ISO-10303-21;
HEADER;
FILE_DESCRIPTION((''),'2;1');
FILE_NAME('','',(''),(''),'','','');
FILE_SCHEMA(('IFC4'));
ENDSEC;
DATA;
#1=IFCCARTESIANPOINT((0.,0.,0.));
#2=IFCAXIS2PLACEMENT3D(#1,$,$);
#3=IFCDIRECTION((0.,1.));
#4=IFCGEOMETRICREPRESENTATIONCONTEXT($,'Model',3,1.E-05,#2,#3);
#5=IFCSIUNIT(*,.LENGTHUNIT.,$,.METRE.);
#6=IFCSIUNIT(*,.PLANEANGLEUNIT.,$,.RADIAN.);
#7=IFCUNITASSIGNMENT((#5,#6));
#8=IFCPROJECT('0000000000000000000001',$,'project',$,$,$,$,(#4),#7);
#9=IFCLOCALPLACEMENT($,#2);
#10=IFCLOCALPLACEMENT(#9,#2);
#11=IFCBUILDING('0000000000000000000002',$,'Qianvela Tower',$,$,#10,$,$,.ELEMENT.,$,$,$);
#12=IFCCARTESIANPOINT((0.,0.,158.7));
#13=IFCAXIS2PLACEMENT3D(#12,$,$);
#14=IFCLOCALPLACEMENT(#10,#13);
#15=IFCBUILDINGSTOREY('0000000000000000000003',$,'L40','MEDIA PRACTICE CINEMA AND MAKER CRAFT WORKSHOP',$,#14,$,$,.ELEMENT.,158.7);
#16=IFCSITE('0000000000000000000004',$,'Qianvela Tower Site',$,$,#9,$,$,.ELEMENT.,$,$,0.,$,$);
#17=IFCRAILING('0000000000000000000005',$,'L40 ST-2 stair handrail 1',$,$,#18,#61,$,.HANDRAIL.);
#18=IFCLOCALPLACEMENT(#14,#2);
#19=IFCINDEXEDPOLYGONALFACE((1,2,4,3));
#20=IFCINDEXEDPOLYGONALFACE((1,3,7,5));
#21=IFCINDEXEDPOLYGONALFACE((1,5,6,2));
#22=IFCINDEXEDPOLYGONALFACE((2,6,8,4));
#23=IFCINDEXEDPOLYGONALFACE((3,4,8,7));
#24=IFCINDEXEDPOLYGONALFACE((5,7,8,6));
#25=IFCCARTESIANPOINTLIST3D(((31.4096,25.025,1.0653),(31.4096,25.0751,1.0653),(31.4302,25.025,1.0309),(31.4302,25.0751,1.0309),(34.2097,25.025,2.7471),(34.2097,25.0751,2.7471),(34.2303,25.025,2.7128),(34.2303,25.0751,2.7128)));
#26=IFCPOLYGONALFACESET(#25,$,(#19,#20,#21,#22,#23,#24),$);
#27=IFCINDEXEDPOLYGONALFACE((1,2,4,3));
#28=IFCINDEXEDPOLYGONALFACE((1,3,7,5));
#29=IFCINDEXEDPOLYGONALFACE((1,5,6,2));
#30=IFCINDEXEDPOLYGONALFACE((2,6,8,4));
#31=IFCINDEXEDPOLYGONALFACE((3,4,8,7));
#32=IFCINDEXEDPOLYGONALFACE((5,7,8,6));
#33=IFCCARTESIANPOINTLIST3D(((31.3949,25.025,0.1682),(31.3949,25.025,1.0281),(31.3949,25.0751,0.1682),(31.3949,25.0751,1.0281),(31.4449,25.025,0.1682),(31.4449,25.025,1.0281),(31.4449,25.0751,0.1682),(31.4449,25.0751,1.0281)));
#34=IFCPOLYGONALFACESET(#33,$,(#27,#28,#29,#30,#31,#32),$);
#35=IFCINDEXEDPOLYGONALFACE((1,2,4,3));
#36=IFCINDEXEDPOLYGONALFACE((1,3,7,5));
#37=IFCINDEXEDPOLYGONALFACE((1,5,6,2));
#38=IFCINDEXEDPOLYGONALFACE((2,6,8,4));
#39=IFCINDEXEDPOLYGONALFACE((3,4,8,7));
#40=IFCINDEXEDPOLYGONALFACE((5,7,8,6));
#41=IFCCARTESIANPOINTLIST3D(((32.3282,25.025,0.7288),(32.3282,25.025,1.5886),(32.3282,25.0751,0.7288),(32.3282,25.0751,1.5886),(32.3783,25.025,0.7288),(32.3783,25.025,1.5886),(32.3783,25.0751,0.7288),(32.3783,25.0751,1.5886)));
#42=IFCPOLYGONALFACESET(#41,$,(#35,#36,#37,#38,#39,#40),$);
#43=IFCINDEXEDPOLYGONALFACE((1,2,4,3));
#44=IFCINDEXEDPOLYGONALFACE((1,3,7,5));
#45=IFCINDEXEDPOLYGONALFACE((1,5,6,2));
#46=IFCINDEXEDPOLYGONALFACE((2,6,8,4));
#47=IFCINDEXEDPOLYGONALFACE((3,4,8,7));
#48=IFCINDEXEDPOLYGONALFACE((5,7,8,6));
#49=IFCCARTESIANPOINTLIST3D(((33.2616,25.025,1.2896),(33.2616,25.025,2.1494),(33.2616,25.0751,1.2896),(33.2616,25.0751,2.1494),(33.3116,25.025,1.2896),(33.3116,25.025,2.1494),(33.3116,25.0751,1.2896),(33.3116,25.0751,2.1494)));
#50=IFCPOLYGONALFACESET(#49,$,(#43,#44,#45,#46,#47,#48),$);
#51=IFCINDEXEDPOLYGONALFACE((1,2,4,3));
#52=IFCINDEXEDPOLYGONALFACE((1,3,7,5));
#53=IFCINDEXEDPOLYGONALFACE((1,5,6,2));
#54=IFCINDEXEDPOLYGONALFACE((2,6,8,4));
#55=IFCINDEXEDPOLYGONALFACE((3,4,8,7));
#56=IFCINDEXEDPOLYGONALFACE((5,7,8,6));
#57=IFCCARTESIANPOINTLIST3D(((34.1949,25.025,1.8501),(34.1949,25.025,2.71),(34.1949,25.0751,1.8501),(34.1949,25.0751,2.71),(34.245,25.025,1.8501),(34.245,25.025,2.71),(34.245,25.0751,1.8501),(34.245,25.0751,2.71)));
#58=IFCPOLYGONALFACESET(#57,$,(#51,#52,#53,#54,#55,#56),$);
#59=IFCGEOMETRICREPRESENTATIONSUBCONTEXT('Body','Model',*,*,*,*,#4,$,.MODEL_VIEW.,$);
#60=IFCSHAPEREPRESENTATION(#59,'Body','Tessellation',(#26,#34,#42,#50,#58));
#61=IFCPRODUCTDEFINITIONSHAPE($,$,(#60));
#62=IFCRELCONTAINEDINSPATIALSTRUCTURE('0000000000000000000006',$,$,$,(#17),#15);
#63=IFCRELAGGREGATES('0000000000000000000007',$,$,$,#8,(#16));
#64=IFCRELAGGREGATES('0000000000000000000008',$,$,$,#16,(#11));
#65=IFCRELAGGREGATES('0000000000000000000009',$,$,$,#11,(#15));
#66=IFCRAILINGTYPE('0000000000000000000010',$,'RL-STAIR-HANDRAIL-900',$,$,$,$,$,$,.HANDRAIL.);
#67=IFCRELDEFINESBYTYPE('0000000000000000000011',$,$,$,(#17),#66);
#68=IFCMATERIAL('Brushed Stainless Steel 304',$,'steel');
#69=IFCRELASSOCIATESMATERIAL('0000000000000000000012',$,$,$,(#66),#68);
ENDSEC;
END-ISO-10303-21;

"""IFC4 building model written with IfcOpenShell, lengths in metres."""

from ifc_helpers import new_model, si_unit, direction, frame, origin, origin_2d, place, context, subcontext, project, spatial, rectangle, extrude, material, type_object, element, save


model = new_model("IFC4")

# Units and contexts
model_context = context("Model", 3, precision=1e-05, world=origin(), true_north=direction((0.0, 1.0)))
body_context = subcontext(model_context, "Body", "Model", "MODEL_VIEW")
ifc_project = project(units=[si_unit("LENGTHUNIT", "METRE"), si_unit("PLANEANGLEUNIT", "RADIAN")], contexts=[model_context])

# Site, building, storey
site_placement = place(None, origin())
site = spatial("IfcSite", under=ifc_project, at=site_placement, Name="Qianvela Tower Site", CompositionType="ELEMENT", RefElevation=0.0)
building_placement = place(site_placement, origin())
building = spatial("IfcBuilding", under=site, at=building_placement, Name="Qianvela Tower", CompositionType="ELEMENT")
storey_placement = place(building_placement, frame((0.0, 0.0, 158.7)))
storey = spatial("IfcBuildingStorey", under=building, at=storey_placement, Name="L40", Description="MEDIA PRACTICE CINEMA AND MAKER CRAFT WORKSHOP", CompositionType="ELEMENT", Elevation=158.7)

# Railing
ifc_material_1 = material(Name="Brushed Stainless Steel 304", Category="steel")
railing_type_1 = type_object("IfcRailingType", Name="RL-STAIR-HANDRAIL-900", PredefinedType="HANDRAIL", material=ifc_material_1)
for number, where, name in (
    (1, (31.4199, 25.05, 0.1682), "L40 ST-2 stair handrail 1"),
):
    element("IfcRailing", number, at=place(storey_placement, frame(where)), inside=storey, type_object=railing_type_1, Name=name, PredefinedType="HANDRAIL", context=body_context, shape_type="SweptSolid", body=[
        extrude(rectangle(XDim=0.05, YDim=0.04, at=origin_2d()), frame((0.0, 0.0, 0.8799), z_axis=(0.857242, 0.0, 0.514913), x_axis=(0.0, 1.0, 0.0)), (0.0, 0.0, 1.0), 3.2664),
        extrude(rectangle(XDim=0.05, YDim=0.05, at=origin_2d()), origin(), (0.0, 0.0, 1.0), 0.8599),
        extrude(rectangle(XDim=0.05, YDim=0.05, at=origin_2d()), frame((0.9333, 0.0, 0.5605)), (0.0, 0.0, 1.0), 0.8599),
        extrude(rectangle(XDim=0.05, YDim=0.05, at=origin_2d()), frame((1.8667, 0.0, 1.1213)), (0.0, 0.0, 1.0), 0.8599),
        extrude(rectangle(XDim=0.05, YDim=0.05, at=origin_2d()), frame((2.8, 0.0, 1.6819)), (0.0, 0.0, 1.0), 0.8599),
    ])

save(model, "model.ifc")
